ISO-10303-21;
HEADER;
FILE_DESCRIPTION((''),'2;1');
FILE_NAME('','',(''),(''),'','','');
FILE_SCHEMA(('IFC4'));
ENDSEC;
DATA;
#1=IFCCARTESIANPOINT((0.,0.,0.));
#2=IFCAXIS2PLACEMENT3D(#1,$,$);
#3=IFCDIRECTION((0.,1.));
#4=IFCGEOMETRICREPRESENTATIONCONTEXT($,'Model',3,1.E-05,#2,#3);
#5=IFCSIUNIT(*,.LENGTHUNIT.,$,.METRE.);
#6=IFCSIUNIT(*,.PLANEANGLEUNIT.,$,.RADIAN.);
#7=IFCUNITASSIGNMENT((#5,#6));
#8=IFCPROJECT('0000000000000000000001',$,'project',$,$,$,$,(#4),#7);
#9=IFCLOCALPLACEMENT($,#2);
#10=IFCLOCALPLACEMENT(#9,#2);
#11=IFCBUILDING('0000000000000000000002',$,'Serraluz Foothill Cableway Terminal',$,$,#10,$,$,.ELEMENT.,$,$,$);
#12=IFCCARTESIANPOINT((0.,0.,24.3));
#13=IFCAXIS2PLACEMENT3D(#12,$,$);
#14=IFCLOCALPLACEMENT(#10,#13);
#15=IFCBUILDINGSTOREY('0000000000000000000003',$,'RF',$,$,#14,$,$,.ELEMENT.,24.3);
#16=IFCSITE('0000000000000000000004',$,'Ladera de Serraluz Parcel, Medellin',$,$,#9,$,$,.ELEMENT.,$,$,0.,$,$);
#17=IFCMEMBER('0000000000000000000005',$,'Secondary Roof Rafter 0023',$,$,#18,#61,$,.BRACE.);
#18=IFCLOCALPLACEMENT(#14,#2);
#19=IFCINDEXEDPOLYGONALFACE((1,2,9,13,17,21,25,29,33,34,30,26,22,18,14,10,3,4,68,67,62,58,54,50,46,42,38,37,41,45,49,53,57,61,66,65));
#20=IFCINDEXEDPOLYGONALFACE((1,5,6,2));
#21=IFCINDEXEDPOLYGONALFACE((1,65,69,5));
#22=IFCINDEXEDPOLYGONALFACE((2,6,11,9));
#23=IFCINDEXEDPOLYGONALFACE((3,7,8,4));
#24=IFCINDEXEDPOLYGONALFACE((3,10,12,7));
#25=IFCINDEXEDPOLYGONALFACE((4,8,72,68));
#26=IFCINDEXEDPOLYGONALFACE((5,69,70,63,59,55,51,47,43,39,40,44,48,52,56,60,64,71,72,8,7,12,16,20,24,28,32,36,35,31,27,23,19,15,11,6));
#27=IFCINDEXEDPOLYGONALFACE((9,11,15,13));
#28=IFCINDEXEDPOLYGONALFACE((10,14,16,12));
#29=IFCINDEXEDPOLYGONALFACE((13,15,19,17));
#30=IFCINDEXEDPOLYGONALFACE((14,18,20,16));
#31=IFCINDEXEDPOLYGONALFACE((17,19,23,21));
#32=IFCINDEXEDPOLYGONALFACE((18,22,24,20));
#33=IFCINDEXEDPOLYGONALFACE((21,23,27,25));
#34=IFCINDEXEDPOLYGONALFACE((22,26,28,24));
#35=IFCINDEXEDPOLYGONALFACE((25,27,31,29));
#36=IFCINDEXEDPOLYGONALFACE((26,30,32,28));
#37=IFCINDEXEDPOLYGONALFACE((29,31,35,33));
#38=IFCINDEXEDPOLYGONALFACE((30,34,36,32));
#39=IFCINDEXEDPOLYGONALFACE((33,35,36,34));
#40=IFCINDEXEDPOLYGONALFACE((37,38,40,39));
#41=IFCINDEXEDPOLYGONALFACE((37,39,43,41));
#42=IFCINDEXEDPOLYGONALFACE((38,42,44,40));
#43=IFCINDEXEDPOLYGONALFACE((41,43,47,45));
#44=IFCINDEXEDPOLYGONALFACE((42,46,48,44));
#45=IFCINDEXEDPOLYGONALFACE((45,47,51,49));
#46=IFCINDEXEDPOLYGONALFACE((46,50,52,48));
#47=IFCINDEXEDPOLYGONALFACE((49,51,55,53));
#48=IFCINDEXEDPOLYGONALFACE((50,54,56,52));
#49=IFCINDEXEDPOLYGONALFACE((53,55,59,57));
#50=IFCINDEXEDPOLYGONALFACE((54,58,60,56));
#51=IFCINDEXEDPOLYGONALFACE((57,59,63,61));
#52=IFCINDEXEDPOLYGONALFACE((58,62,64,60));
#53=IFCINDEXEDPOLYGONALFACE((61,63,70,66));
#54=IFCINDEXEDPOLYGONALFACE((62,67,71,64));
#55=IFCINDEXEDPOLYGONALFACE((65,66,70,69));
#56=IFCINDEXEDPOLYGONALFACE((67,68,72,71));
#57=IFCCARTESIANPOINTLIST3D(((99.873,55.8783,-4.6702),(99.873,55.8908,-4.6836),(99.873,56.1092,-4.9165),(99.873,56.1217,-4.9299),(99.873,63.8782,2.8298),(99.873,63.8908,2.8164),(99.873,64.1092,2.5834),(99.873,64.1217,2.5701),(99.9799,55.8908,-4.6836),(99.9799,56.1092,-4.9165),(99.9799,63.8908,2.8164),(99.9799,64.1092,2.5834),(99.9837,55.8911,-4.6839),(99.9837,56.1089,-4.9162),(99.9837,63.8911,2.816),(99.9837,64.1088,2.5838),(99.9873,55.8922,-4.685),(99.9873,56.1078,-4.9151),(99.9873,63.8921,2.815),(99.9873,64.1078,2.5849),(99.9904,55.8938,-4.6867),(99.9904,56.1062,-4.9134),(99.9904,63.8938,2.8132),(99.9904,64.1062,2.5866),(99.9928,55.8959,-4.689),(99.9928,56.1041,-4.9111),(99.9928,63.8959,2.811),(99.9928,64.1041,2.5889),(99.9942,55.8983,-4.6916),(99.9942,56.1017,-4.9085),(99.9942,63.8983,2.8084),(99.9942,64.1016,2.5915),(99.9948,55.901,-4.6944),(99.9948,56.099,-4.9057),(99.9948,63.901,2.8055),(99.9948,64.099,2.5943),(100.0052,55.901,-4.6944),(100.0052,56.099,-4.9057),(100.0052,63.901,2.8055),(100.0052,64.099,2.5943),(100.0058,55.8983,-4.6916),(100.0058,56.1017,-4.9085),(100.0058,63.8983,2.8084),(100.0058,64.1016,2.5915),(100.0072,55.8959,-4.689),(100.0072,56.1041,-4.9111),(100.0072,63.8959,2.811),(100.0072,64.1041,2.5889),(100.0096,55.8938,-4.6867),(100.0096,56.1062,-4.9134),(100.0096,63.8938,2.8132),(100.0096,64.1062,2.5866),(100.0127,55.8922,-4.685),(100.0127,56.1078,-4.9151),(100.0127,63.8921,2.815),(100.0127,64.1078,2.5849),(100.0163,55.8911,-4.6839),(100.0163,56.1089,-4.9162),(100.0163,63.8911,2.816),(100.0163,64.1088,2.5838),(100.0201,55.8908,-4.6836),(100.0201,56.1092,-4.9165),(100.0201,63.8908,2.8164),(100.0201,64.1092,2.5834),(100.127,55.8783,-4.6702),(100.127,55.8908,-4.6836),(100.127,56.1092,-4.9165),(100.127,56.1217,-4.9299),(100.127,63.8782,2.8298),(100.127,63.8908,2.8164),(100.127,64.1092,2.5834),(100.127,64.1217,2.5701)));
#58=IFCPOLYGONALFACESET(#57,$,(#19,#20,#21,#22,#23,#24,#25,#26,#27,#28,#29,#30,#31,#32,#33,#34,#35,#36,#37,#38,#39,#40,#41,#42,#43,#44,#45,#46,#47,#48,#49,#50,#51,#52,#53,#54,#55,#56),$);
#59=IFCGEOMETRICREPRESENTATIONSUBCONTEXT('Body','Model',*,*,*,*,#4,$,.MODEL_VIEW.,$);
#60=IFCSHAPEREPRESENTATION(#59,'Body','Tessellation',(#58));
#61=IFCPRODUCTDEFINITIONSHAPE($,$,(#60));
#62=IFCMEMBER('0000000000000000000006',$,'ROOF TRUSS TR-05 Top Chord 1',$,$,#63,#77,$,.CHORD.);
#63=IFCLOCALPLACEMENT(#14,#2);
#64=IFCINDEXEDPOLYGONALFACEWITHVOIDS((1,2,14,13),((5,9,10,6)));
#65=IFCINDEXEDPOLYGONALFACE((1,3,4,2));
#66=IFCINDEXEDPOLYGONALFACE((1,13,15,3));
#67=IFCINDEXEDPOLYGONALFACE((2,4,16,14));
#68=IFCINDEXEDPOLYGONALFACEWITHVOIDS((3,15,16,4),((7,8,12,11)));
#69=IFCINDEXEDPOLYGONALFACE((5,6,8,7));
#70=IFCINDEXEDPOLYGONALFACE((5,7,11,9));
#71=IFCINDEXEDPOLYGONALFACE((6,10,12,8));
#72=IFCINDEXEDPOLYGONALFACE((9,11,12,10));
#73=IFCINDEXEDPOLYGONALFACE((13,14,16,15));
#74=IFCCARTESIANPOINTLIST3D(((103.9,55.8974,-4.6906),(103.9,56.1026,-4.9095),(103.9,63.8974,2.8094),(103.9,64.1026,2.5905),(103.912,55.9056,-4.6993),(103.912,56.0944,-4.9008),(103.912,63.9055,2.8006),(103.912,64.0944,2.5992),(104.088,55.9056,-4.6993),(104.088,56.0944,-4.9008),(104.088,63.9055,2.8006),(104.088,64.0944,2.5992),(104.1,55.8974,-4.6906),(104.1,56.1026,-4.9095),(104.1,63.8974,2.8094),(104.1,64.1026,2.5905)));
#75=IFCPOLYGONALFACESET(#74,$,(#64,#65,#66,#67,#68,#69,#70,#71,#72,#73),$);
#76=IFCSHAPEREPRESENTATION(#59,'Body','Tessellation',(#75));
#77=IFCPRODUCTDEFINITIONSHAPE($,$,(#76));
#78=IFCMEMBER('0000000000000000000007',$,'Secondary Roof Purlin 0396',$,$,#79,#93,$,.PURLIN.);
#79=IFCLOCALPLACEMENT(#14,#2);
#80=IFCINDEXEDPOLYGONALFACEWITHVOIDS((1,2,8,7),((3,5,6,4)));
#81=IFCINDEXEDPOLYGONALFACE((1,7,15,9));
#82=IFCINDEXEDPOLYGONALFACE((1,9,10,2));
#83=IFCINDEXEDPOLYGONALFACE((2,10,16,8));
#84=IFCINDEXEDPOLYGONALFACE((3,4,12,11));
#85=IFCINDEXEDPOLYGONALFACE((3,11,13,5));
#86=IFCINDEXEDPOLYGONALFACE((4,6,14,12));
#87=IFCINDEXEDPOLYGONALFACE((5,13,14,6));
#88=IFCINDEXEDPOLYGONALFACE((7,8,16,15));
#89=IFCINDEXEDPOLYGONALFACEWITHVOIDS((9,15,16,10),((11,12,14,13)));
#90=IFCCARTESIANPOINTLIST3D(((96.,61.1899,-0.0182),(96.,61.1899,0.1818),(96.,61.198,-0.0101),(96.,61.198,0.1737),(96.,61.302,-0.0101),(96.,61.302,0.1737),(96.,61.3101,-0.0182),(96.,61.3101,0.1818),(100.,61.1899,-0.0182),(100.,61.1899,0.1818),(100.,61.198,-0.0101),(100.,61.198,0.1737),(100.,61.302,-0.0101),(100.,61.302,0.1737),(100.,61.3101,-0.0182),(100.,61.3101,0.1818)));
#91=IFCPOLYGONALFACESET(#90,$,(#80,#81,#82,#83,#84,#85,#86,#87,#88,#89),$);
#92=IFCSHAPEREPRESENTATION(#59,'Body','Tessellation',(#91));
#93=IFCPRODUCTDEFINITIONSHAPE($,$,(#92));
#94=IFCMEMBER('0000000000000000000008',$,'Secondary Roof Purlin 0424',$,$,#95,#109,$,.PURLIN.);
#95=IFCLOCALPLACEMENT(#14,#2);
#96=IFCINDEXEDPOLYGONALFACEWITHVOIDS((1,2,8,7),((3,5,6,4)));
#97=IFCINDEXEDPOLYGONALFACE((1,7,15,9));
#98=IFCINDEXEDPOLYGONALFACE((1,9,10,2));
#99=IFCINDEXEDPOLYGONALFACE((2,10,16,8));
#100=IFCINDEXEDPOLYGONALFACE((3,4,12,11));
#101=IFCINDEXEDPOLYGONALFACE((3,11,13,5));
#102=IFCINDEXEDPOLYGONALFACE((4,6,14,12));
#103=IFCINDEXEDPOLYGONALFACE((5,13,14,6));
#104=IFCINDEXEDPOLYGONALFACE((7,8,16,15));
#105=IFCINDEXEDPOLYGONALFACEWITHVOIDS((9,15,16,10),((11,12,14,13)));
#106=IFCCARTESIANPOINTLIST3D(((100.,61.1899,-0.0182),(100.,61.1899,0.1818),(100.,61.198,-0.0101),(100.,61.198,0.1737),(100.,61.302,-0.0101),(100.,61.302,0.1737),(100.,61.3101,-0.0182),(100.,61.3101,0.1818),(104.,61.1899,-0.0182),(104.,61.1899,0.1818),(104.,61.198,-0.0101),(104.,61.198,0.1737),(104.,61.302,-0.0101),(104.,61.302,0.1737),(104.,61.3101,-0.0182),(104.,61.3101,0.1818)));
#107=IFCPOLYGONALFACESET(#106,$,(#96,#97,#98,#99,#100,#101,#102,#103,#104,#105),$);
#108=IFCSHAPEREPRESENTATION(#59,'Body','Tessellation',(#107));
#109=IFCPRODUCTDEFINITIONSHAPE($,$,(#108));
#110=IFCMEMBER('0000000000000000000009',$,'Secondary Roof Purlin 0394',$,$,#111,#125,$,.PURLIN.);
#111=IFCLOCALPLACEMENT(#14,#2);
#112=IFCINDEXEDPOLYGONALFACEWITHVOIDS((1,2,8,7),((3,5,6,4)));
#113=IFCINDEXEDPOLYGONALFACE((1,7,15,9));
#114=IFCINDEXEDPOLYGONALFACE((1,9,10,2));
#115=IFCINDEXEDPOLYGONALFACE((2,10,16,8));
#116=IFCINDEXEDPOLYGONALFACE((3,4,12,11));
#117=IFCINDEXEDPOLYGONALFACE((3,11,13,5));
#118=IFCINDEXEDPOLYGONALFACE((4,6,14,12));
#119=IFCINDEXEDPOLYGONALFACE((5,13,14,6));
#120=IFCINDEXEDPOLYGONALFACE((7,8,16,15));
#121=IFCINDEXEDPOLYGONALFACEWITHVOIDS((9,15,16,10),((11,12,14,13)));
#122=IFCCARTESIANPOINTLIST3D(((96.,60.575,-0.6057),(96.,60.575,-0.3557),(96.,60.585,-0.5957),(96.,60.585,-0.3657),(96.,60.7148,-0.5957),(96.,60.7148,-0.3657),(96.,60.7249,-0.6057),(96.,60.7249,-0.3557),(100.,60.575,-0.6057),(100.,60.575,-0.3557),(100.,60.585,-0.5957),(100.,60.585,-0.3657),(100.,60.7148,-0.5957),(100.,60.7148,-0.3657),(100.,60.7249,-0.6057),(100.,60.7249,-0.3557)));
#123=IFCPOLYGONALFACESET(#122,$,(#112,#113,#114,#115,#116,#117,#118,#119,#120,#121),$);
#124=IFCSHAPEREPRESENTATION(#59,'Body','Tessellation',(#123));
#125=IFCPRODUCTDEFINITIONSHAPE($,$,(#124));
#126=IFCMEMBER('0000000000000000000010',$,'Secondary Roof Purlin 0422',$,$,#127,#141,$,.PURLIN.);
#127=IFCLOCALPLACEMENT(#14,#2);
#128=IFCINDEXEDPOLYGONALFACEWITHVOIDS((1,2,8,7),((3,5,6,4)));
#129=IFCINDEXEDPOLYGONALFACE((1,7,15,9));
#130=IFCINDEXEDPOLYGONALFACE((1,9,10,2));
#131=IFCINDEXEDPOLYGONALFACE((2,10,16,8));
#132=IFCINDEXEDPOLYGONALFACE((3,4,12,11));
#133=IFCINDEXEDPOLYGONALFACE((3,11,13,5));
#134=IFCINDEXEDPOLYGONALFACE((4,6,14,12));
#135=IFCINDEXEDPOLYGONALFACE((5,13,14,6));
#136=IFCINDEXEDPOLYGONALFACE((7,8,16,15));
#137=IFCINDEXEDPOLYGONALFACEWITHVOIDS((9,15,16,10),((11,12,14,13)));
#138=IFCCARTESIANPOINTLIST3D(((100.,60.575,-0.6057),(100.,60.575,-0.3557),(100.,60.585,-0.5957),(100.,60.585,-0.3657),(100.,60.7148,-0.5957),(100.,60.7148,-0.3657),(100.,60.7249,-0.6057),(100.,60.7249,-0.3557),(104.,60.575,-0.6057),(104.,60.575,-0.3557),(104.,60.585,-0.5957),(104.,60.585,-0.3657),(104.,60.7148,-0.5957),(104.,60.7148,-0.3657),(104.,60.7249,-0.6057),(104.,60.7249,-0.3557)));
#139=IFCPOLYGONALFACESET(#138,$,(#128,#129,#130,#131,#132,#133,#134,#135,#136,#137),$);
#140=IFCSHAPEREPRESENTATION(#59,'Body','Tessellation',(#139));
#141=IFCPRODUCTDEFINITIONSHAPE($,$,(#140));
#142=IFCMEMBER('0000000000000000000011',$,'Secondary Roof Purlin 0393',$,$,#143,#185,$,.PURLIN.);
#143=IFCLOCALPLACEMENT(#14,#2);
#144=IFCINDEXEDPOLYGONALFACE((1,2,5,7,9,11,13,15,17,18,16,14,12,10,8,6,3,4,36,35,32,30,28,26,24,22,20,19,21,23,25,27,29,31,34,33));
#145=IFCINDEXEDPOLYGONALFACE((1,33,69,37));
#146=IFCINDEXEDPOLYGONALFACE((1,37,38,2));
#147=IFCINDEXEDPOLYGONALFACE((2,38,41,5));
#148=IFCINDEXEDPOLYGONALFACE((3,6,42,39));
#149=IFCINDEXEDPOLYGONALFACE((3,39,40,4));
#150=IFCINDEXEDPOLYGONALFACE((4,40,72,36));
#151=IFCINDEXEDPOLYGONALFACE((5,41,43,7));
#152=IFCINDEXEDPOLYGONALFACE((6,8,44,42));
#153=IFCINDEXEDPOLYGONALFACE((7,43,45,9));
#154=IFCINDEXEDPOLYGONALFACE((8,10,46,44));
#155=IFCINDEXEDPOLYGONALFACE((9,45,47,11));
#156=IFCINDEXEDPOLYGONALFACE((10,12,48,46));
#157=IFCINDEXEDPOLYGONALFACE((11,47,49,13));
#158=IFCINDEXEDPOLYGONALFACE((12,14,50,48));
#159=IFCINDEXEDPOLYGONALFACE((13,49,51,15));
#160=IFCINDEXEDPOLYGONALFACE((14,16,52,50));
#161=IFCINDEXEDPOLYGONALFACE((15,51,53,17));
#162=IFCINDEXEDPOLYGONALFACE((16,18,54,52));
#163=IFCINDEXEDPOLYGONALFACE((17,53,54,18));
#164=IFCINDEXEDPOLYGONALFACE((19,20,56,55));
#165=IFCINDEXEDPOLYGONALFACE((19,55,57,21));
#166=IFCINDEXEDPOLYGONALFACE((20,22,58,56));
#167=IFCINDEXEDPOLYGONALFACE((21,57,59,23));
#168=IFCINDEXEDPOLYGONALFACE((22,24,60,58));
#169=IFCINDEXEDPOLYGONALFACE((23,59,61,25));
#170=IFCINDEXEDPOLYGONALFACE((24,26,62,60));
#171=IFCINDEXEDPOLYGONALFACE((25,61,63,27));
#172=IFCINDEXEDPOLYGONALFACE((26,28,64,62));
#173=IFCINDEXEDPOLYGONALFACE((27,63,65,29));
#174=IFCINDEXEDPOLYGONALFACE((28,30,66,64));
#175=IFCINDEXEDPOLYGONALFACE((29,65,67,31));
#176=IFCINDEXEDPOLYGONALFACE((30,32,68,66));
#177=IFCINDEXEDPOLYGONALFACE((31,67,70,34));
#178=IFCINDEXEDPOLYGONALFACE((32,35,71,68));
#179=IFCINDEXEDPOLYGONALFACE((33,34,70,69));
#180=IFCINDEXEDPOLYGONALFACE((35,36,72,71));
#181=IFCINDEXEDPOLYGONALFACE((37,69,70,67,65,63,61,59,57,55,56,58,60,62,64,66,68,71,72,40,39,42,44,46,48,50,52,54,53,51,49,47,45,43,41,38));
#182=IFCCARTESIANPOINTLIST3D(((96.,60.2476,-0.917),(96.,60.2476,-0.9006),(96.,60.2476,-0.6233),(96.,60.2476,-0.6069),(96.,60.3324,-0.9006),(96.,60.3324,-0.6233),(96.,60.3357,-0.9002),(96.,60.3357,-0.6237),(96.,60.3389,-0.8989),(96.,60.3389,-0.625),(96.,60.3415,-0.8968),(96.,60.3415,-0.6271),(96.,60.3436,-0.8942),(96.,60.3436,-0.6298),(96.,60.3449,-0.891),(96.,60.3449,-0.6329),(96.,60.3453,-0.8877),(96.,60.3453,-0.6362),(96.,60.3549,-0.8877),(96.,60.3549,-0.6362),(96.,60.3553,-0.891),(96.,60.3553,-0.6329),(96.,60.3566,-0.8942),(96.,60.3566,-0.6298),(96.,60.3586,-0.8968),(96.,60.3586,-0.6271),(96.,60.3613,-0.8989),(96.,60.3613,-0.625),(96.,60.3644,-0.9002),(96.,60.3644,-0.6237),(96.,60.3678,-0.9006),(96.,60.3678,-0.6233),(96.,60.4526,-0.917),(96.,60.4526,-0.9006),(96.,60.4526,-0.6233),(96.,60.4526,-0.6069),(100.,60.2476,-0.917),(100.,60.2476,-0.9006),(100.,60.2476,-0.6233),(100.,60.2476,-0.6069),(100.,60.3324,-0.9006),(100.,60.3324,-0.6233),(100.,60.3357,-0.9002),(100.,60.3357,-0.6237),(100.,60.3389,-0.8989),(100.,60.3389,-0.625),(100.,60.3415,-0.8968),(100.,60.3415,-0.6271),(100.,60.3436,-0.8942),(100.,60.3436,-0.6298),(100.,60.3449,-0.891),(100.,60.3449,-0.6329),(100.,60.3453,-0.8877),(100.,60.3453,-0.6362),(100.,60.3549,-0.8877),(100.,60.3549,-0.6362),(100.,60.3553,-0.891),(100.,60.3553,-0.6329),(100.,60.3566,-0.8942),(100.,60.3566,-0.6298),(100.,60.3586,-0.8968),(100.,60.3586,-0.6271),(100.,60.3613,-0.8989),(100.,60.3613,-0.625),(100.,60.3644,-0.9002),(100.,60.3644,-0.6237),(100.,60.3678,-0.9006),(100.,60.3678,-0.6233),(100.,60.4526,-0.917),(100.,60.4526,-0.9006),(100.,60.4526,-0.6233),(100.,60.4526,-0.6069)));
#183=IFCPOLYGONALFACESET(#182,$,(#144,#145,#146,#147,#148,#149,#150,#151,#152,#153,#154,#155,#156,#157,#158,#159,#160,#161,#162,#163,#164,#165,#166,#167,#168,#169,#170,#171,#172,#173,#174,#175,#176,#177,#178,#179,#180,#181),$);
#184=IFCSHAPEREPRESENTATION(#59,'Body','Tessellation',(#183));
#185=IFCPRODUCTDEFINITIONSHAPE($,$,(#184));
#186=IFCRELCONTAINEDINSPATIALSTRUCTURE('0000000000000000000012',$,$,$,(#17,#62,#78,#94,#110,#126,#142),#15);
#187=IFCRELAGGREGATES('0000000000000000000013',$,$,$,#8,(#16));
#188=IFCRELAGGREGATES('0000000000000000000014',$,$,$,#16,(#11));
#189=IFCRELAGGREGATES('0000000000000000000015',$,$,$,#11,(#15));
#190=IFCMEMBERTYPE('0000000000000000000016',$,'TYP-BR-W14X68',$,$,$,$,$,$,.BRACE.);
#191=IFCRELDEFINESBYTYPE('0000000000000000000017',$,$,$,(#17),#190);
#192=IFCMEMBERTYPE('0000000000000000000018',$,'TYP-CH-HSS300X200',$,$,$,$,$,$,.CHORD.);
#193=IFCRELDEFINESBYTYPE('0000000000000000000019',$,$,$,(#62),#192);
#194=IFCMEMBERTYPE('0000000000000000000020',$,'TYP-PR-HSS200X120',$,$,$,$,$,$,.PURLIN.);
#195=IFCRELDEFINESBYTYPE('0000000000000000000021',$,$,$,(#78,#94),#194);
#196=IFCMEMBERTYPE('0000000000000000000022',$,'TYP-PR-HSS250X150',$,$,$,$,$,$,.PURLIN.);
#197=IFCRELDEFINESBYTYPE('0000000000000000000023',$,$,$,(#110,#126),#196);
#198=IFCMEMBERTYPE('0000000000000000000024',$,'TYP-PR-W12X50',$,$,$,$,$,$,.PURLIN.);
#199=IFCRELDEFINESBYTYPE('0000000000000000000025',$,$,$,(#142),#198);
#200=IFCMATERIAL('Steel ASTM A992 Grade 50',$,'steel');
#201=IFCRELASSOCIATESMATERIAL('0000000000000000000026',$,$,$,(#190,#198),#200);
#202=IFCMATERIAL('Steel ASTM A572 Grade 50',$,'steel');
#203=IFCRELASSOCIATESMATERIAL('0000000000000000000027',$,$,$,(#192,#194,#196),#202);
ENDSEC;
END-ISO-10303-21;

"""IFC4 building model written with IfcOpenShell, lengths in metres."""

from ifc_helpers import new_model, si_unit, direction, frame, origin, origin_2d, place, context, subcontext, project, spatial, hollow_rectangle, i_section, extrude, material, material_profile, profile_set, type_object, element, save


model = new_model("IFC4")

# Units and contexts
model_context = context("Model", 3, precision=1e-05, world=origin(), true_north=direction((0.0, 1.0)))
body_context = subcontext(model_context, "Body", "Model", "MODEL_VIEW")
ifc_project = project(units=[si_unit("LENGTHUNIT", "METRE"), si_unit("PLANEANGLEUNIT", "RADIAN")], contexts=[model_context])

# Site, building, storey
site_placement = place(None, origin())
site = spatial("IfcSite", under=ifc_project, at=site_placement, Name="Ladera de Serraluz Parcel, Medellin", CompositionType="ELEMENT", RefElevation=0.0)
building_placement = place(site_placement, origin())
building = spatial("IfcBuilding", under=site, at=building_placement, Name="Serraluz Foothill Cableway Terminal", CompositionType="ELEMENT")
storey_placement = place(building_placement, frame((0.0, 0.0, 24.3)))
storey = spatial("IfcBuildingStorey", under=building, at=storey_placement, Name="RF", CompositionType="ELEMENT", Elevation=24.3)

# Members
ifc_material_1 = material(Name="Steel ASTM A572 Grade 50", Category="steel")
ifc_material_2 = material(Name="Steel ASTM A992 Grade 50", Category="steel")
ifc_material_profile_1 = material_profile(ifc_material_2, i_section(OverallWidth=0.2539, OverallDepth=0.356, WebThickness=0.0105, FlangeThickness=0.0183, FilletRadius=0.0149, at=origin_2d()), Name="W14X68")
ifc_profile_set_1 = profile_set([ifc_material_profile_1], Name="Steel ASTM A992 Grade 50")
member_type_1 = type_object("IfcMemberType", Name="TYP-BR-W14X68", PredefinedType="BRACE", material=ifc_profile_set_1)
member_1_placement = place(storey_placement, frame((100.0, 56.0, -4.8), z_axis=(0.0, 0.729537, 0.683941), x_axis=(-1.0, 0.0, 0.0)))
element("IfcMember", 1, at=member_1_placement, inside=storey, type_object=member_type_1, Name="Secondary Roof Rafter 0023", PredefinedType="BRACE", context=body_context, shape_type="SweptSolid", body=[
    extrude(i_section(OverallWidth=0.2539, OverallDepth=0.356, WebThickness=0.0105, FlangeThickness=0.0183, FilletRadius=0.0149, at=origin_2d()), origin(), (0.0, 0.0, 1.0), 10.9658),
])
ifc_material_profile_2 = material_profile(ifc_material_1, hollow_rectangle(XDim=0.2, YDim=0.3, WallThickness=0.012, at=origin_2d()), Name="HSS300X200X12")
ifc_profile_set_2 = profile_set([ifc_material_profile_2], Name="Steel ASTM A572 Grade 50")
member_type_2 = type_object("IfcMemberType", Name="TYP-CH-HSS300X200", PredefinedType="CHORD", material=ifc_profile_set_2)
member_2_placement = place(storey_placement, frame((104.0, 56.0, -4.8), z_axis=(0.0, 0.729537, 0.683941), x_axis=(-1.0, 0.0, 0.0)))
element("IfcMember", 2, at=member_2_placement, inside=storey, type_object=member_type_2, Name="ROOF TRUSS TR-05 Top Chord 1", PredefinedType="CHORD", context=body_context, shape_type="SweptSolid", body=[
    extrude(hollow_rectangle(XDim=0.2, YDim=0.3, WallThickness=0.012, at=origin_2d()), origin(), (0.0, 0.0, 1.0), 10.9658),
])
ifc_material_profile_3 = material_profile(ifc_material_1, hollow_rectangle(XDim=0.1201, YDim=0.2, WallThickness=0.0081, at=origin_2d()), Name="HSS200X120X8")
ifc_profile_set_3 = profile_set([ifc_material_profile_3], Name="Steel ASTM A572 Grade 50")
member_type_3 = type_object("IfcMemberType", Name="TYP-PR-HSS200X120", PredefinedType="PURLIN", material=ifc_profile_set_3)
for number, where, z_axis, x_axis, name in (
    (3, (96.0, 61.25, 0.0818), (1.0, 0.0, 0.0), (0.0, 1.0, 0.0), "Secondary Roof Purlin 0396"),
    (4, (100.0, 61.25, 0.0818), (1.0, 0.0, 0.0), (0.0, 1.0, 0.0), "Secondary Roof Purlin 0424"),
):
    element("IfcMember", number, at=place(storey_placement, frame(where, z_axis=z_axis, x_axis=x_axis)), inside=storey, type_object=member_type_3, Name=name, PredefinedType="PURLIN", context=body_context, shape_type="SweptSolid", body=[
        extrude(hollow_rectangle(XDim=0.1201, YDim=0.2, WallThickness=0.0081, at=origin_2d()), origin(), (0.0, 0.0, 1.0), 4.0),
    ])
ifc_material_profile_4 = material_profile(ifc_material_1, hollow_rectangle(XDim=0.1499, YDim=0.25, WallThickness=0.01, at=origin_2d()), Name="HSS250X150X10")
ifc_profile_set_4 = profile_set([ifc_material_profile_4], Name="Steel ASTM A572 Grade 50")
member_type_4 = type_object("IfcMemberType", Name="TYP-PR-HSS250X150", PredefinedType="PURLIN", material=ifc_profile_set_4)
for number, where, z_axis, x_axis, name in (
    (5, (96.0, 60.6499, -0.4807), (1.0, 0.0, 0.0), (0.0, 1.0, 0.0), "Secondary Roof Purlin 0394"),
    (6, (100.0, 60.6499, -0.4807), (1.0, 0.0, 0.0), (0.0, 1.0, 0.0), "Secondary Roof Purlin 0422"),
):
    element("IfcMember", number, at=place(storey_placement, frame(where, z_axis=z_axis, x_axis=x_axis)), inside=storey, type_object=member_type_4, Name=name, PredefinedType="PURLIN", context=body_context, shape_type="SweptSolid", body=[
        extrude(hollow_rectangle(XDim=0.1499, YDim=0.25, WallThickness=0.01, at=origin_2d()), origin(), (0.0, 0.0, 1.0), 4.0),
    ])
ifc_material_profile_5 = material_profile(ifc_material_2, i_section(OverallWidth=0.2051, OverallDepth=0.3101, WebThickness=0.0095, FlangeThickness=0.0164, FilletRadius=0.0129, at=origin_2d()), Name="W12X50")
ifc_profile_set_5 = profile_set([ifc_material_profile_5], Name="Steel ASTM A992 Grade 50")
member_type_5 = type_object("IfcMemberType", Name="TYP-PR-W12X50", PredefinedType="PURLIN", material=ifc_profile_set_5)
for number, where, z_axis, x_axis, name in (
    (7, (96.0, 60.3501, -0.762), (1.0, 0.0, 0.0), (0.0, 1.0, 0.0), "Secondary Roof Purlin 0393"),
):
    element("IfcMember", number, at=place(storey_placement, frame(where, z_axis=z_axis, x_axis=x_axis)), inside=storey, type_object=member_type_5, Name=name, PredefinedType="PURLIN", context=body_context, shape_type="SweptSolid", body=[
        extrude(i_section(OverallWidth=0.2051, OverallDepth=0.3101, WebThickness=0.0095, FlangeThickness=0.0164, FilletRadius=0.0129, at=origin_2d()), origin(), (0.0, 0.0, 1.0), 4.0),
    ])

save(model, "model.ifc")
